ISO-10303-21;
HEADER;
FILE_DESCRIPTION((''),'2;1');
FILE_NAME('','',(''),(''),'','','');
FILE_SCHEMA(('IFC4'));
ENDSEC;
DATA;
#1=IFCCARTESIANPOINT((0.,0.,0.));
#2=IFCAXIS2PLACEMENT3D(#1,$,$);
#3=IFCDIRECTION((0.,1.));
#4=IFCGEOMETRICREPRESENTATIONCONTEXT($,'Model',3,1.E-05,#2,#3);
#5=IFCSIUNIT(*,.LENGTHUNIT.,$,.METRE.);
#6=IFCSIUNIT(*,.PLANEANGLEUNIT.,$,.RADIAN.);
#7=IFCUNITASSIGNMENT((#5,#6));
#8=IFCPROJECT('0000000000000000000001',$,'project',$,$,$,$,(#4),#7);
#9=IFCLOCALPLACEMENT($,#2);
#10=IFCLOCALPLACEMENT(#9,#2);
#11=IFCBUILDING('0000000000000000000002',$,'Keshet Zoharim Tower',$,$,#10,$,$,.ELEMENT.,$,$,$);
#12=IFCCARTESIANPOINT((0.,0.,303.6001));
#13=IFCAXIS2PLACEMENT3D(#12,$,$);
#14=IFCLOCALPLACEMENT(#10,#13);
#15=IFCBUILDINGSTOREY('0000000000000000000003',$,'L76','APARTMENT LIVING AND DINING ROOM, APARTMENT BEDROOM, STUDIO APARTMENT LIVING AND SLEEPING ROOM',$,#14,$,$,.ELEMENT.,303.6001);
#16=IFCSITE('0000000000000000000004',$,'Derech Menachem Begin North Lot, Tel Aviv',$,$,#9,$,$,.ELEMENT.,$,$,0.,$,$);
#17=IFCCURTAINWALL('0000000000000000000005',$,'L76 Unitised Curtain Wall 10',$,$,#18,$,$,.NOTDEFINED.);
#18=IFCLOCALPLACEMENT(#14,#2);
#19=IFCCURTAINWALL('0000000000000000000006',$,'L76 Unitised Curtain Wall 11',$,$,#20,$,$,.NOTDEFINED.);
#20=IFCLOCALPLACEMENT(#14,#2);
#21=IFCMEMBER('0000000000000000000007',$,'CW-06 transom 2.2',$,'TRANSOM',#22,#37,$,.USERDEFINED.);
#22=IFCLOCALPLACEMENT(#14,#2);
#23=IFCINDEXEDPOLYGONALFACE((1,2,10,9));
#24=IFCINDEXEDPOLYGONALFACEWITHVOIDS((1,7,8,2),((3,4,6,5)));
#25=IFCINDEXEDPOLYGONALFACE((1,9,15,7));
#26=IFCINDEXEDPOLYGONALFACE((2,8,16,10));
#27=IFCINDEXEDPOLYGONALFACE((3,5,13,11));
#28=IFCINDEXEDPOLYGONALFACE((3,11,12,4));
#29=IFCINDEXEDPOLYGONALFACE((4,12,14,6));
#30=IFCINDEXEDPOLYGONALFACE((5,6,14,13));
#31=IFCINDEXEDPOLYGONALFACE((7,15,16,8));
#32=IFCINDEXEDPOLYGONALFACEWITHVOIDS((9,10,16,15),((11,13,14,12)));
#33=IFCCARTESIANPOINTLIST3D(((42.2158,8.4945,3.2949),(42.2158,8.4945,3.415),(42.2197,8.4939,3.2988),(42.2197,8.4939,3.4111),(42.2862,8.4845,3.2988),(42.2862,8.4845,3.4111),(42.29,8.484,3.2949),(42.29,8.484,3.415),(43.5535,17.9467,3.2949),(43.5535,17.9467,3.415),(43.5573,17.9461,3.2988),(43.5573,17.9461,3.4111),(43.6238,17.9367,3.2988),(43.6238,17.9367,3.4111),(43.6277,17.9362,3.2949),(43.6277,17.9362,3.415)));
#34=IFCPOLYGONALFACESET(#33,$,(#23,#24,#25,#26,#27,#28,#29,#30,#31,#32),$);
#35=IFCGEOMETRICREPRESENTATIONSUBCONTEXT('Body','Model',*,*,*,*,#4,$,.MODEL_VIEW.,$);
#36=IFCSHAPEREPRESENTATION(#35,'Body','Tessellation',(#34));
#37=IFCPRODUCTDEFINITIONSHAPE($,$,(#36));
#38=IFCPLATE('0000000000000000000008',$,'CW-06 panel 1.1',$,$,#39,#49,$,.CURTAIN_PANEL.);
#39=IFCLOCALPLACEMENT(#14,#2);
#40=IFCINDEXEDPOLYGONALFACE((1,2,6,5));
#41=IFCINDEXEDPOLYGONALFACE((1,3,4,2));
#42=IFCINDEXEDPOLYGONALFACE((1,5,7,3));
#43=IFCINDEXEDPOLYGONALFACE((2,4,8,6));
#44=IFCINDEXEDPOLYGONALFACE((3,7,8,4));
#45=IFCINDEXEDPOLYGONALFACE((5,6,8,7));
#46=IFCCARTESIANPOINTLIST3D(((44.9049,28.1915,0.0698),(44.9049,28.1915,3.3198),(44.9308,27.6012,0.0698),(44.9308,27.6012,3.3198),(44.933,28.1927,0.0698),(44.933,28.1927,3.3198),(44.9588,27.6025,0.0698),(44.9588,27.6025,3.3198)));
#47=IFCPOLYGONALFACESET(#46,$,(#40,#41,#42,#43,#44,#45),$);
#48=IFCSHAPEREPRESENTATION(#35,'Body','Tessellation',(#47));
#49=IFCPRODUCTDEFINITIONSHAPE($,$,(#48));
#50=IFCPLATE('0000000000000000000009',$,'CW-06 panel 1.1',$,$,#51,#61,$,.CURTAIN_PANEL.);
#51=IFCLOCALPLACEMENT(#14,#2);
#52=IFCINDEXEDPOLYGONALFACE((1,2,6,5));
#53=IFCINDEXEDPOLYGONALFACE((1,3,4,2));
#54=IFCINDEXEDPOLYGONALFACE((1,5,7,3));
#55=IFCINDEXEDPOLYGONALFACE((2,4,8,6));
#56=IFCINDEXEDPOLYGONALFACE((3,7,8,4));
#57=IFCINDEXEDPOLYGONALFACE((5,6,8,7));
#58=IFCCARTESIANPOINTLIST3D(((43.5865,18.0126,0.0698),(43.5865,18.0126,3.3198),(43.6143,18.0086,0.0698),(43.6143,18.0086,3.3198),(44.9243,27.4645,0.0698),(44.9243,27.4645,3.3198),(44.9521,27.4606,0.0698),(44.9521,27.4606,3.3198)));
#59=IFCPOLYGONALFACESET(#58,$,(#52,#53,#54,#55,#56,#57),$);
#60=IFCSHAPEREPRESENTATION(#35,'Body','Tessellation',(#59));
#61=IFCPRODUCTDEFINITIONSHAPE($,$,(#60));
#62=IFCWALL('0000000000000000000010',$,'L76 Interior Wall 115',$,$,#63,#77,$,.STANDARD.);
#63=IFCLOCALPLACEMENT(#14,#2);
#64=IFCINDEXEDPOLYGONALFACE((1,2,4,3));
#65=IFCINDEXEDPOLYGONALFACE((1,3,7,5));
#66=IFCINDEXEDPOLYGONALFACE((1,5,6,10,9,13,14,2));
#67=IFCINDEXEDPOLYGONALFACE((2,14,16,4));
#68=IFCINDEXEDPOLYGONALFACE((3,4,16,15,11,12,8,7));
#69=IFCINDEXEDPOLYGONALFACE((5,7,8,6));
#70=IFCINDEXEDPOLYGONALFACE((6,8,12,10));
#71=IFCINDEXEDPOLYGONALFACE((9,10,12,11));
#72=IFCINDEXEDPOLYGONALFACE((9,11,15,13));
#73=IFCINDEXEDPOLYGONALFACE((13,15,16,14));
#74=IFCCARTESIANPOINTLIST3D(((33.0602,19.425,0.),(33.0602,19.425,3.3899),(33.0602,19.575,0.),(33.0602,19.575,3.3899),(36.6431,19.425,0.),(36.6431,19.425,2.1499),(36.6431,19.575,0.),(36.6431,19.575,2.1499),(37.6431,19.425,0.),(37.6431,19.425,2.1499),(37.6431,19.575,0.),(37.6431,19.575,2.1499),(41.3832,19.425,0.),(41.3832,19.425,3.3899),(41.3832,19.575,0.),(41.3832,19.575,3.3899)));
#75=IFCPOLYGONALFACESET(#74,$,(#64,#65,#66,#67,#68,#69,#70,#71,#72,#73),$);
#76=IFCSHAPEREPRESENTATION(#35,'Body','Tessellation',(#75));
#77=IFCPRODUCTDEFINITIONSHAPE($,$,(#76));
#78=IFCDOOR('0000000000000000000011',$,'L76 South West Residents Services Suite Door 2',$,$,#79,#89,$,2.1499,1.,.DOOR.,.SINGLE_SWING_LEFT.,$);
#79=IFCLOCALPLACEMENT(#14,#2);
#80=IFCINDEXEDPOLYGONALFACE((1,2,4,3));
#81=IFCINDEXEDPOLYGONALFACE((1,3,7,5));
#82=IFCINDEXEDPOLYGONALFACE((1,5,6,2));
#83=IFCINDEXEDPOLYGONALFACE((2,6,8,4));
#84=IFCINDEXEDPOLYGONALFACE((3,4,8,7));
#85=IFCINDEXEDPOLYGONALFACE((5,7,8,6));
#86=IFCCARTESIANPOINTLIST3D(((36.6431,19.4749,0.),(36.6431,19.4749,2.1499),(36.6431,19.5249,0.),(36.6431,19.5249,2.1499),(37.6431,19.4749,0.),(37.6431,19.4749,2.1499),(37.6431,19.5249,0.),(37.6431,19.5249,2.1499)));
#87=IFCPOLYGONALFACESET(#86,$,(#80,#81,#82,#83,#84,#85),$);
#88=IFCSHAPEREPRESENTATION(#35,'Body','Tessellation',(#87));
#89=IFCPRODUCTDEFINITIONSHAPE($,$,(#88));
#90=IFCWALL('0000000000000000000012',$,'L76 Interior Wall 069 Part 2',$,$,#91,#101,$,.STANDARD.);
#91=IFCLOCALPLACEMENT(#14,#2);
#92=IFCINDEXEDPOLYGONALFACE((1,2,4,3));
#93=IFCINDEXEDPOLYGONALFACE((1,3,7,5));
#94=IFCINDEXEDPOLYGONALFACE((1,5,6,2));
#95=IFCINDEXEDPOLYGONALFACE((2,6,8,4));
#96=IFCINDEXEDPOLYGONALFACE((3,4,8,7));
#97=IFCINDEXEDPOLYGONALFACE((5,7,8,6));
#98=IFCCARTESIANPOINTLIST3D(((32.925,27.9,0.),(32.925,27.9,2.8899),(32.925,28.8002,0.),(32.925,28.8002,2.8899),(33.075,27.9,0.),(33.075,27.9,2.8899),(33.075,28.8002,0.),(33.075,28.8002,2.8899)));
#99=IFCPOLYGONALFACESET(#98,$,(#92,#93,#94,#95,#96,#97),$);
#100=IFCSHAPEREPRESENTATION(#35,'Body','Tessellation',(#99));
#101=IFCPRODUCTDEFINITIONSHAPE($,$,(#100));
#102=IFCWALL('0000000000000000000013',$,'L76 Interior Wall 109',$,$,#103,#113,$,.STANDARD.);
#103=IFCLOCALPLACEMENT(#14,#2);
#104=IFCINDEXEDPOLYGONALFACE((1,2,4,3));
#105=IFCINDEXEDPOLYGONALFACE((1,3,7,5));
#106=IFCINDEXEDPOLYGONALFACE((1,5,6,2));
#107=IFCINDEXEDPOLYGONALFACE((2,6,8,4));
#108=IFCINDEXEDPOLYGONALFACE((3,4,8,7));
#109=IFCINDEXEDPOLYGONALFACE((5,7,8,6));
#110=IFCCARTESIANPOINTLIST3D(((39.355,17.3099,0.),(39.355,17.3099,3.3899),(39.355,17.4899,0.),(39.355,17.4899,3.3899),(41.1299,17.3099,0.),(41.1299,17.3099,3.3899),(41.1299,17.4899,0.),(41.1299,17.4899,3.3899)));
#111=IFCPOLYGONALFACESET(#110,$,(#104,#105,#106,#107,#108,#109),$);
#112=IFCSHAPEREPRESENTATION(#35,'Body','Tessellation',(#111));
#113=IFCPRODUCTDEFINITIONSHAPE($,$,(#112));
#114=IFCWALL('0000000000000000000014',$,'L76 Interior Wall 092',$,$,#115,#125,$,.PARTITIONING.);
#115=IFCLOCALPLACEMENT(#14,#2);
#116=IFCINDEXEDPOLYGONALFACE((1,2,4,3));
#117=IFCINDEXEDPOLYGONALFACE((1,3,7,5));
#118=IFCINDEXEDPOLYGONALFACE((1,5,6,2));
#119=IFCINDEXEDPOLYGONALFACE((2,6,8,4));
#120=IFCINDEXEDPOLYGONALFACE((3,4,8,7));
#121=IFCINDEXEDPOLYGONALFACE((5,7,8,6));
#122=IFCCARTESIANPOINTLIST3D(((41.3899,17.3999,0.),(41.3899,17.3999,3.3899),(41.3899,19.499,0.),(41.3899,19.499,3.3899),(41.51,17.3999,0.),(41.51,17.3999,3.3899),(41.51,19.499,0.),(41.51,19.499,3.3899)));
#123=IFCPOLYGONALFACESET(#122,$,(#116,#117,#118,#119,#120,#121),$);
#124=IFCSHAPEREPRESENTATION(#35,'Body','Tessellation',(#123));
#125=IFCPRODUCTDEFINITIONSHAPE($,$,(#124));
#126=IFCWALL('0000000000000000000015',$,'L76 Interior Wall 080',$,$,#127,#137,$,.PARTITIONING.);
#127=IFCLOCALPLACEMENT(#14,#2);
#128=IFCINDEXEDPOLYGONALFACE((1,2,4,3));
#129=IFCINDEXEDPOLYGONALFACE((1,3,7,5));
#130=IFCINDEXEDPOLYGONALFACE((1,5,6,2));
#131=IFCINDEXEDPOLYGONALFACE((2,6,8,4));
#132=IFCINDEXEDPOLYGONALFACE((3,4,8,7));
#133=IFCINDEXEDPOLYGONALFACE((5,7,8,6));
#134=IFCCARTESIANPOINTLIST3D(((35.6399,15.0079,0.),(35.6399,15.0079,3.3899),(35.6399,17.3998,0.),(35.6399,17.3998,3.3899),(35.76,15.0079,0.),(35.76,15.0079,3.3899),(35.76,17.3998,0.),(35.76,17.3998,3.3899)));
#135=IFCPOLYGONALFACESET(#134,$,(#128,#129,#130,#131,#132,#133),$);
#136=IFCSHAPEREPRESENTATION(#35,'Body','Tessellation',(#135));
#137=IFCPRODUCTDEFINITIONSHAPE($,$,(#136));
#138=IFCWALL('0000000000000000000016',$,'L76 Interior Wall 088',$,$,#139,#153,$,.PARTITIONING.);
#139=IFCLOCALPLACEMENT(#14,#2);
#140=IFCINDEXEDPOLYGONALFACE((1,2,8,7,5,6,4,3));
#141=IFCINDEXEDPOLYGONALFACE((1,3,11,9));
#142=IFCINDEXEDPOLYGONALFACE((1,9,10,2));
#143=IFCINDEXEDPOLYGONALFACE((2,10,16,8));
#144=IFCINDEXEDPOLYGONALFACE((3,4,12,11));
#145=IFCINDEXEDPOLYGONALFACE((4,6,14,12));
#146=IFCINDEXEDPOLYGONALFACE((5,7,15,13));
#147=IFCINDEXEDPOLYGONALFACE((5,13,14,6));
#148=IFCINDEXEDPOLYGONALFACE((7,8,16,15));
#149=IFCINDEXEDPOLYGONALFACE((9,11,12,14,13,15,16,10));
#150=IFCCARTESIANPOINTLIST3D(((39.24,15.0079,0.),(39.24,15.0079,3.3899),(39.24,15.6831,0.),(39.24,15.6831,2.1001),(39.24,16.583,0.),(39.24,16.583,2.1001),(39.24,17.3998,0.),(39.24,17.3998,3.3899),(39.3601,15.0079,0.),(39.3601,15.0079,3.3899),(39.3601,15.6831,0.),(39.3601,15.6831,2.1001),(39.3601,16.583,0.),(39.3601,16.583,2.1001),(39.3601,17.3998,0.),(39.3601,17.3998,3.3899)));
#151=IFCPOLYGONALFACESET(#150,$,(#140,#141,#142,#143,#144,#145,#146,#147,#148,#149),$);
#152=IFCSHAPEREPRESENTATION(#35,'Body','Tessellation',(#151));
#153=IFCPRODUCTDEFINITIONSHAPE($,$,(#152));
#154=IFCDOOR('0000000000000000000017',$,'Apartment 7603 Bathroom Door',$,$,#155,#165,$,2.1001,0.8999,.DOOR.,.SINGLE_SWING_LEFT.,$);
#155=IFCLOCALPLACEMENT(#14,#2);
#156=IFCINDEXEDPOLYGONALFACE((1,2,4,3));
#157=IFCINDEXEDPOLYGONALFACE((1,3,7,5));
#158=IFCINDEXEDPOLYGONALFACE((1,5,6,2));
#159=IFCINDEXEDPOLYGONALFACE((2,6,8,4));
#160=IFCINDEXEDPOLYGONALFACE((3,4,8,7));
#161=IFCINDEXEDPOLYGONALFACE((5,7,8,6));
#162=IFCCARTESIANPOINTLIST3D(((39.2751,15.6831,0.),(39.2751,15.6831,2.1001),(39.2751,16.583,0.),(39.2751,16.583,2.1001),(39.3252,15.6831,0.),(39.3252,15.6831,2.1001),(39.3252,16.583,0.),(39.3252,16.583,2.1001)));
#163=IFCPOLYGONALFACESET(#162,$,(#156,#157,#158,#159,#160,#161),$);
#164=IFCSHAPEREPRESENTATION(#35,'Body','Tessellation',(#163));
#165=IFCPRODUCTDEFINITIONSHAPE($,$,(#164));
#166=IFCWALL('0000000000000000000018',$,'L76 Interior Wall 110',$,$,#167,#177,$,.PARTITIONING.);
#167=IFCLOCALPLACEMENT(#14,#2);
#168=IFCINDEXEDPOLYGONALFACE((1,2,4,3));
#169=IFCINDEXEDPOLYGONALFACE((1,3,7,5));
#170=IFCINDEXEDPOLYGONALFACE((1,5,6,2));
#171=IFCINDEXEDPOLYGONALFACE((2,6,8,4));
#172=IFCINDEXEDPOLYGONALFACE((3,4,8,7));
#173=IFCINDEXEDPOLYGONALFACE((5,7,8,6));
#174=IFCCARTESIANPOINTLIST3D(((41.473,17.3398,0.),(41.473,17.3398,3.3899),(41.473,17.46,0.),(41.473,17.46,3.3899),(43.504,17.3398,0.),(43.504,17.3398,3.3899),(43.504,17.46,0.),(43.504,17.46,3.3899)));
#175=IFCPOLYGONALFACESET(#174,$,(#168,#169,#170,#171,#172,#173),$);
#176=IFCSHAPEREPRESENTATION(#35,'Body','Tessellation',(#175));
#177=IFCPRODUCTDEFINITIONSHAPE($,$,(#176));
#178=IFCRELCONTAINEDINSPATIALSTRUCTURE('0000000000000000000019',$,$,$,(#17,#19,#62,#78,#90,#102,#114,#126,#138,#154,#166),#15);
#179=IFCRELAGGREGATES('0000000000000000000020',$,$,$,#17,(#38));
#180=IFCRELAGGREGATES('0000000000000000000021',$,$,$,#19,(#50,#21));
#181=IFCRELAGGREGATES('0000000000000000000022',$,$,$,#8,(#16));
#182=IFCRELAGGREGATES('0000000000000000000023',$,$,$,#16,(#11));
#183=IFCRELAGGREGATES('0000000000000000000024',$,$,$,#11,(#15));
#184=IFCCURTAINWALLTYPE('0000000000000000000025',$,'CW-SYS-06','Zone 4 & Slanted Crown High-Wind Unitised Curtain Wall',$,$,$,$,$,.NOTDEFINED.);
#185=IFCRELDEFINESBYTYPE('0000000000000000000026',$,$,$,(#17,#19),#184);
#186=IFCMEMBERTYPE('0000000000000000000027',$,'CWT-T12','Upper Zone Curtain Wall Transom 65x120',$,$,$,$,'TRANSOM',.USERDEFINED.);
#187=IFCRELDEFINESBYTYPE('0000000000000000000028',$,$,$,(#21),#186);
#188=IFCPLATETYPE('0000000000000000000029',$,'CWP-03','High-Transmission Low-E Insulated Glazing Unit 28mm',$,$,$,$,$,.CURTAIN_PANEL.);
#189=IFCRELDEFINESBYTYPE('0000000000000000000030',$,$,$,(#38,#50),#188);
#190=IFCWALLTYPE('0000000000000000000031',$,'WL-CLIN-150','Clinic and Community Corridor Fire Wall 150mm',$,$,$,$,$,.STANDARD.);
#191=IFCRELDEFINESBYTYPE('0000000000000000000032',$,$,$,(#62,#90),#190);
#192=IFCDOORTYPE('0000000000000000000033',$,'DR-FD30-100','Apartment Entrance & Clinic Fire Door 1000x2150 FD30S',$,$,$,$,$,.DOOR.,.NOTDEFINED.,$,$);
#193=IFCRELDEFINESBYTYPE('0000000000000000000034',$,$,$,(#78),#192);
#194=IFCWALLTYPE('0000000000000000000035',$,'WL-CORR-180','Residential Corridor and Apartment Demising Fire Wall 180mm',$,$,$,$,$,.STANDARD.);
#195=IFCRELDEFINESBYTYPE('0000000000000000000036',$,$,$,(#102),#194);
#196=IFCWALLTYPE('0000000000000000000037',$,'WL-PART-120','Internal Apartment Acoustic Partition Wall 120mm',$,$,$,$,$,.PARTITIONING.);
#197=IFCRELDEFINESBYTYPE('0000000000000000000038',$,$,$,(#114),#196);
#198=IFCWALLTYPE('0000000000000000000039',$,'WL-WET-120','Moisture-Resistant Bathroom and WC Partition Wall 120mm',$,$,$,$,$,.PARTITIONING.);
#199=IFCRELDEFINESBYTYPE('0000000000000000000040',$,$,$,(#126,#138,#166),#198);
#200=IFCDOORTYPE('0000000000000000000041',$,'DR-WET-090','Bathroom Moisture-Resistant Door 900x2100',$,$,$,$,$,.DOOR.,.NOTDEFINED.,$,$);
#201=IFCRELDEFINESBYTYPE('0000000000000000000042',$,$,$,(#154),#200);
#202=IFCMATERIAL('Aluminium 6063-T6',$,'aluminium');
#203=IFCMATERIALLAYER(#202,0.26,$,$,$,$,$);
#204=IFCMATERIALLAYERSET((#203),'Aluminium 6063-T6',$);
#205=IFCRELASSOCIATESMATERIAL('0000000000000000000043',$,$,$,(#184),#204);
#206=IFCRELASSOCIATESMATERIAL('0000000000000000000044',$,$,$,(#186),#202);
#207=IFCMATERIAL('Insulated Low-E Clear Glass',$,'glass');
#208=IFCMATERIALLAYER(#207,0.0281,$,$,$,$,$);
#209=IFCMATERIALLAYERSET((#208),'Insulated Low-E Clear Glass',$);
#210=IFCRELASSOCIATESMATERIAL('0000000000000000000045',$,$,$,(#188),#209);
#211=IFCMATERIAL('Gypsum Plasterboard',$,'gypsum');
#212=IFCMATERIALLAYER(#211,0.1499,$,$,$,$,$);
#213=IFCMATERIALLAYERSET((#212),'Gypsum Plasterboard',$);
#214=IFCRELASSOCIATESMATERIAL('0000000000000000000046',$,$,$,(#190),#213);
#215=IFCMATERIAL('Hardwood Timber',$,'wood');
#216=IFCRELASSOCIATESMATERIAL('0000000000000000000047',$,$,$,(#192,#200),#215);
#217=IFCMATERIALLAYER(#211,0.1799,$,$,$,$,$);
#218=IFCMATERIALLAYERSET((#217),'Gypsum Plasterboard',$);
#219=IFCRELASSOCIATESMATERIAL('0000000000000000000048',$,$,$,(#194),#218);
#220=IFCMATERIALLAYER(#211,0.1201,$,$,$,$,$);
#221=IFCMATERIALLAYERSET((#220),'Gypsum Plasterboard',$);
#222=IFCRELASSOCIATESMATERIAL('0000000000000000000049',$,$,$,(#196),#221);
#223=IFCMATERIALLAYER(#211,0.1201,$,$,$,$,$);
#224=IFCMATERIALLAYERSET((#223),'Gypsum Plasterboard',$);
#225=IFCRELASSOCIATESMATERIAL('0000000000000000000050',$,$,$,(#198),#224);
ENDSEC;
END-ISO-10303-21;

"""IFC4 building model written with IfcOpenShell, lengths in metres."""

from ifc_helpers import new_model, si_unit, direction, frame, frame_2d, origin, origin_2d, place, context, subcontext, project, spatial, rectangle, hollow_rectangle, extrude, material, layer, layer_set, material_profile, profile_set, type_object, element, fill, aggregate, save


model = new_model("IFC4")

# Units and contexts
model_context = context("Model", 3, precision=1e-05, world=origin(), true_north=direction((0.0, 1.0)))
body_context = subcontext(model_context, "Body", "Model", "MODEL_VIEW")
ifc_project = project(units=[si_unit("LENGTHUNIT", "METRE"), si_unit("PLANEANGLEUNIT", "RADIAN")], contexts=[model_context])

# Site, building, storey
site_placement = place(None, origin())
site = spatial("IfcSite", under=ifc_project, at=site_placement, Name="Derech Menachem Begin North Lot, Tel Aviv", CompositionType="ELEMENT", RefElevation=0.0)
building_placement = place(site_placement, origin())
building = spatial("IfcBuilding", under=site, at=building_placement, Name="Keshet Zoharim Tower", CompositionType="ELEMENT")
storey_placement = place(building_placement, frame((0.0, 0.0, 303.6001)))
storey = spatial("IfcBuildingStorey", under=building, at=storey_placement, Name="L76", Description="APARTMENT LIVING AND DINING ROOM, APARTMENT BEDROOM, STUDIO APARTMENT LIVING AND SLEEPING ROOM", CompositionType="ELEMENT", Elevation=303.6001)

# Curtain wall
ifc_material_1 = material(Name="Aluminium 6063-T6", Category="aluminium")
ifc_layer_1 = layer(ifc_material_1, 0.26)
ifc_layer_set_1 = layer_set([ifc_layer_1], Name="Aluminium 6063-T6")
curtain_wall_type = type_object("IfcCurtainWallType", Name="CW-SYS-06", Description="Zone 4 & Slanted Crown High-Wind Unitised Curtain Wall", PredefinedType="NOTDEFINED", material=ifc_layer_set_1)
curtain_wall_1_placement = place(storey_placement, origin())
curtain_wall_1 = element("IfcCurtainWall", 1, at=curtain_wall_1_placement, inside=storey, type_object=curtain_wall_type, Name="L76 Unitised Curtain Wall 10", PredefinedType="NOTDEFINED")

# Curtain wall
curtain_wall_2_placement = place(storey_placement, origin())
curtain_wall_2 = element("IfcCurtainWall", 2, at=curtain_wall_2_placement, inside=storey, type_object=curtain_wall_type, Name="L76 Unitised Curtain Wall 11", PredefinedType="NOTDEFINED")

# Member
ifc_material_profile_1 = material_profile(ifc_material_1, hollow_rectangle(XDim=0.075, YDim=0.1201, WallThickness=0.0039, at=origin_2d()), Name="TRN-75x120")
ifc_profile_set_1 = profile_set([ifc_material_profile_1], Name="Aluminium 6063-T6")
member_type_1 = type_object("IfcMemberType", Name="CWT-T12", Description="Upper Zone Curtain Wall Transom 65x120", ElementType="TRANSOM", PredefinedType="USERDEFINED", material=ifc_profile_set_1)
member_1_placement = place(storey_placement, frame((43.5906, 17.9414, 3.355), z_axis=(-0.140122, -0.990134, 0.0), x_axis=(0.990134, -0.140122, 0.0)))
member_1 = element("IfcMember", 3, at=member_1_placement, type_object=member_type_1, Name="CW-06 transom 2.2", ObjectType="TRANSOM", PredefinedType="USERDEFINED", context=body_context, shape_type="SweptSolid", body=[
    extrude(hollow_rectangle(XDim=0.075, YDim=0.1201, WallThickness=0.0039, at=origin_2d()), origin(), (0.0, 0.0, 1.0), 9.5464),
])

# Plates
ifc_material_2 = material(Name="Insulated Low-E Clear Glass", Category="glass")
ifc_layer_2 = layer(ifc_material_2, 0.0281)
ifc_layer_set_2 = layer_set([ifc_layer_2], Name="Insulated Low-E Clear Glass")
plate_type = type_object("IfcPlateType", Name="CWP-03", Description="High-Transmission Low-E Insulated Glazing Unit 28mm", PredefinedType="CURTAIN_PANEL", material=ifc_layer_set_2)
plate_1_placement = place(storey_placement, frame((44.9319, 27.897, 0.0698), z_axis=(0.0, 0.0, 1.0), x_axis=(0.043794, -0.999041, 0.0)))
plate_1 = element("IfcPlate", 4, at=plate_1_placement, type_object=plate_type, Name="CW-06 panel 1.1", PredefinedType="CURTAIN_PANEL", context=body_context, shape_type="SweptSolid", body=[
    extrude(rectangle(XDim=0.5908, YDim=0.0281, at=origin_2d()), origin(), (0.0, 0.0, 1.0), 3.25),
])
aggregate(curtain_wall_1, [plate_1])
plate_2_placement = place(storey_placement, frame((44.2693, 22.7366, 0.0698), z_axis=(0.0, 0.0, 1.0), x_axis=(-0.140137, -0.990132, 0.0)))
plate_2 = element("IfcPlate", 5, at=plate_2_placement, type_object=plate_type, Name="CW-06 panel 1.1", PredefinedType="CURTAIN_PANEL", context=body_context, shape_type="SweptSolid", body=[
    extrude(rectangle(XDim=9.5461, YDim=0.0281, at=origin_2d()), origin(), (0.0, 0.0, 1.0), 3.25),
])
aggregate(curtain_wall_2, [plate_2, member_1])

# Wall, opening, door
ifc_material_3 = material(Name="Gypsum Plasterboard", Category="gypsum")
ifc_layer_3 = layer(ifc_material_3, 0.1499)
ifc_layer_set_3 = layer_set([ifc_layer_3], Name="Gypsum Plasterboard")
wall_type_1 = type_object("IfcWallType", Name="WL-CLIN-150", Description="Clinic and Community Corridor Fire Wall 150mm", PredefinedType="STANDARD", material=ifc_layer_set_3)
wall_1_placement = place(storey_placement, frame((33.0601, 19.5, 0.0), z_axis=(0.0, 0.0, 1.0), x_axis=(1.0, 0.0, 0.0)))
wall_1 = element("IfcWall", 6, at=wall_1_placement, inside=storey, type_object=wall_type_1, Name="L76 Interior Wall 115", PredefinedType="STANDARD", context=body_context, shape_type="SweptSolid", body=[
    extrude(rectangle(XDim=8.323, YDim=0.1499, at=frame_2d((4.1616, 0.0))), origin(), (0.0, 0.0, 1.0), 3.3899),
])
opening_1_placement = place(wall_1_placement, frame((3.583, 0.0, 0.0)))
opening_1 = element("IfcOpeningElement", 7, at=opening_1_placement, cuts=wall_1, PredefinedType="OPENING", context=body_context, shape_type="SweptSolid", body=[
    extrude(rectangle(XDim=1.0, YDim=2.1499, at=frame_2d((0.5, 1.075))), frame((0.0, 0.085, 0.0), z_axis=(0.0, -1.0, 0.0), x_axis=(1.0, 0.0, 0.0)), (0.0, 0.0, 1.0), 0.1699),
])
ifc_material_4 = material(Name="Hardwood Timber", Category="wood")
door_type_1 = type_object("IfcDoorType", Name="DR-FD30-100", Description="Apartment Entrance & Clinic Fire Door 1000x2150 FD30S", OperationType="NOTDEFINED", PredefinedType="DOOR", material=ifc_material_4)
door_1_placement = place(opening_1_placement, origin())
door_1 = element("IfcDoor", 8, at=door_1_placement, inside=storey, type_object=door_type_1, Name="L76 South West Residents Services Suite Door 2", OperationType="SINGLE_SWING_LEFT", OverallHeight=2.1499, OverallWidth=1.0, PredefinedType="DOOR", context=body_context, shape_type="SweptSolid", body=[
    extrude(rectangle(XDim=1.0, YDim=2.1499, at=frame_2d((0.5, 1.075))), frame((0.0, 0.0249, 0.0), z_axis=(0.0, -1.0, 0.0), x_axis=(1.0, 0.0, 0.0)), (0.0, 0.0, 1.0), 0.05),
])
fill(opening_1, door_1)

# Wall
wall_2_placement = place(storey_placement, frame((33.0, 27.8999, 0.0), z_axis=(0.0, 0.0, 1.0), x_axis=(0.0, 1.0, 0.0)))
element("IfcWall", 9, at=wall_2_placement, inside=storey, type_object=wall_type_1, Name="L76 Interior Wall 069 Part 2", PredefinedType="STANDARD", context=body_context, shape_type="SweptSolid", body=[
    extrude(rectangle(XDim=0.9001, YDim=0.1499, at=frame_2d((0.4502, 0.0))), origin(), (0.0, 0.0, 1.0), 2.8899),
])

# Shared definitions
ifc_layer_4 = layer(ifc_material_3, 0.1799)
ifc_layer_set_4 = layer_set([ifc_layer_4], Name="Gypsum Plasterboard")
wall_type_2 = type_object("IfcWallType", Name="WL-CORR-180", Description="Residential Corridor and Apartment Demising Fire Wall 180mm", PredefinedType="STANDARD", material=ifc_layer_set_4)

# Walls
wall_3_placement = place(storey_placement, frame((39.355, 17.3999, 0.0), z_axis=(0.0, 0.0, 1.0), x_axis=(1.0, 0.0, 0.0)))
element("IfcWall", 10, at=wall_3_placement, inside=storey, type_object=wall_type_2, Name="L76 Interior Wall 109", PredefinedType="STANDARD", context=body_context, shape_type="SweptSolid", body=[
    extrude(rectangle(XDim=1.7749, YDim=0.1799, at=frame_2d((0.8875, 0.0))), origin(), (0.0, 0.0, 1.0), 3.3899),
])
ifc_layer_5 = layer(ifc_material_3, 0.1201)
ifc_layer_set_5 = layer_set([ifc_layer_5], Name="Gypsum Plasterboard")
wall_type_3 = type_object("IfcWallType", Name="WL-PART-120", Description="Internal Apartment Acoustic Partition Wall 120mm", PredefinedType="PARTITIONING", material=ifc_layer_set_5)
wall_4_placement = place(storey_placement, frame((41.45, 17.3999, 0.0), z_axis=(0.0, 0.0, 1.0), x_axis=(0.0, 1.0, 0.0)))
element("IfcWall", 11, at=wall_4_placement, inside=storey, type_object=wall_type_3, Name="L76 Interior Wall 092", PredefinedType="PARTITIONING", context=body_context, shape_type="SweptSolid", body=[
    extrude(rectangle(XDim=2.0991, YDim=0.1201, at=frame_2d((1.0496, 0.0))), origin(), (0.0, 0.0, 1.0), 3.3899),
])
ifc_layer_6 = layer(ifc_material_3, 0.1201)
ifc_layer_set_6 = layer_set([ifc_layer_6], Name="Gypsum Plasterboard")
wall_type_4 = type_object("IfcWallType", Name="WL-WET-120", Description="Moisture-Resistant Bathroom and WC Partition Wall 120mm", PredefinedType="PARTITIONING", material=ifc_layer_set_6)
wall_5_placement = place(storey_placement, frame((35.7, 15.0081, 0.0), z_axis=(0.0, 0.0, 1.0), x_axis=(0.0, 1.0, 0.0)))
element("IfcWall", 12, at=wall_5_placement, inside=storey, type_object=wall_type_4, Name="L76 Interior Wall 080", PredefinedType="PARTITIONING", context=body_context, shape_type="SweptSolid", body=[
    extrude(rectangle(XDim=2.3918, YDim=0.1201, at=frame_2d((1.1958, 0.0))), origin(), (0.0, 0.0, 1.0), 3.3899),
])

# Wall, opening, door
wall_6_placement = place(storey_placement, frame((39.3, 15.0081, 0.0), z_axis=(0.0, 0.0, 1.0), x_axis=(0.0, 1.0, 0.0)))
wall_6 = element("IfcWall", 13, at=wall_6_placement, inside=storey, type_object=wall_type_4, Name="L76 Interior Wall 088", PredefinedType="PARTITIONING", context=body_context, shape_type="SweptSolid", body=[
    extrude(rectangle(XDim=2.3918, YDim=0.1201, at=frame_2d((1.1958, 0.0))), origin(), (0.0, 0.0, 1.0), 3.3899),
])
opening_2_placement = place(wall_6_placement, frame((0.675, 0.0, 0.0)))
opening_2 = element("IfcOpeningElement", 14, at=opening_2_placement, cuts=wall_6, PredefinedType="OPENING", context=body_context, shape_type="SweptSolid", body=[
    extrude(rectangle(XDim=0.8999, YDim=2.1001, at=frame_2d((0.45, 1.05))), frame((0.0, 0.0701, 0.0), z_axis=(0.0, -1.0, 0.0), x_axis=(1.0, 0.0, 0.0)), (0.0, 0.0, 1.0), 0.1401),
])
door_type_2 = type_object("IfcDoorType", Name="DR-WET-090", Description="Bathroom Moisture-Resistant Door 900x2100", OperationType="NOTDEFINED", PredefinedType="DOOR", material=ifc_material_4)
door_2_placement = place(opening_2_placement, origin())
door_2 = element("IfcDoor", 15, at=door_2_placement, inside=storey, type_object=door_type_2, Name="Apartment 7603 Bathroom Door", OperationType="SINGLE_SWING_LEFT", OverallHeight=2.1001, OverallWidth=0.8999, PredefinedType="DOOR", context=body_context, shape_type="SweptSolid", body=[
    extrude(rectangle(XDim=0.8999, YDim=2.1001, at=frame_2d((0.45, 1.05))), frame((0.0, 0.0249, 0.0), z_axis=(0.0, -1.0, 0.0), x_axis=(1.0, 0.0, 0.0)), (0.0, 0.0, 1.0), 0.05),
])
fill(opening_2, door_2)

# Wall
wall_7_placement = place(storey_placement, frame((41.4729, 17.3999, 0.0), z_axis=(0.0, 0.0, 1.0), x_axis=(1.0, 0.0, 0.0)))
element("IfcWall", 16, at=wall_7_placement, inside=storey, type_object=wall_type_4, Name="L76 Interior Wall 110", PredefinedType="PARTITIONING", context=body_context, shape_type="SweptSolid", body=[
    extrude(rectangle(XDim=2.031, YDim=0.1201, at=frame_2d((1.0156, 0.0))), origin(), (0.0, 0.0, 1.0), 3.3899),
])

save(model, "model.ifc")
